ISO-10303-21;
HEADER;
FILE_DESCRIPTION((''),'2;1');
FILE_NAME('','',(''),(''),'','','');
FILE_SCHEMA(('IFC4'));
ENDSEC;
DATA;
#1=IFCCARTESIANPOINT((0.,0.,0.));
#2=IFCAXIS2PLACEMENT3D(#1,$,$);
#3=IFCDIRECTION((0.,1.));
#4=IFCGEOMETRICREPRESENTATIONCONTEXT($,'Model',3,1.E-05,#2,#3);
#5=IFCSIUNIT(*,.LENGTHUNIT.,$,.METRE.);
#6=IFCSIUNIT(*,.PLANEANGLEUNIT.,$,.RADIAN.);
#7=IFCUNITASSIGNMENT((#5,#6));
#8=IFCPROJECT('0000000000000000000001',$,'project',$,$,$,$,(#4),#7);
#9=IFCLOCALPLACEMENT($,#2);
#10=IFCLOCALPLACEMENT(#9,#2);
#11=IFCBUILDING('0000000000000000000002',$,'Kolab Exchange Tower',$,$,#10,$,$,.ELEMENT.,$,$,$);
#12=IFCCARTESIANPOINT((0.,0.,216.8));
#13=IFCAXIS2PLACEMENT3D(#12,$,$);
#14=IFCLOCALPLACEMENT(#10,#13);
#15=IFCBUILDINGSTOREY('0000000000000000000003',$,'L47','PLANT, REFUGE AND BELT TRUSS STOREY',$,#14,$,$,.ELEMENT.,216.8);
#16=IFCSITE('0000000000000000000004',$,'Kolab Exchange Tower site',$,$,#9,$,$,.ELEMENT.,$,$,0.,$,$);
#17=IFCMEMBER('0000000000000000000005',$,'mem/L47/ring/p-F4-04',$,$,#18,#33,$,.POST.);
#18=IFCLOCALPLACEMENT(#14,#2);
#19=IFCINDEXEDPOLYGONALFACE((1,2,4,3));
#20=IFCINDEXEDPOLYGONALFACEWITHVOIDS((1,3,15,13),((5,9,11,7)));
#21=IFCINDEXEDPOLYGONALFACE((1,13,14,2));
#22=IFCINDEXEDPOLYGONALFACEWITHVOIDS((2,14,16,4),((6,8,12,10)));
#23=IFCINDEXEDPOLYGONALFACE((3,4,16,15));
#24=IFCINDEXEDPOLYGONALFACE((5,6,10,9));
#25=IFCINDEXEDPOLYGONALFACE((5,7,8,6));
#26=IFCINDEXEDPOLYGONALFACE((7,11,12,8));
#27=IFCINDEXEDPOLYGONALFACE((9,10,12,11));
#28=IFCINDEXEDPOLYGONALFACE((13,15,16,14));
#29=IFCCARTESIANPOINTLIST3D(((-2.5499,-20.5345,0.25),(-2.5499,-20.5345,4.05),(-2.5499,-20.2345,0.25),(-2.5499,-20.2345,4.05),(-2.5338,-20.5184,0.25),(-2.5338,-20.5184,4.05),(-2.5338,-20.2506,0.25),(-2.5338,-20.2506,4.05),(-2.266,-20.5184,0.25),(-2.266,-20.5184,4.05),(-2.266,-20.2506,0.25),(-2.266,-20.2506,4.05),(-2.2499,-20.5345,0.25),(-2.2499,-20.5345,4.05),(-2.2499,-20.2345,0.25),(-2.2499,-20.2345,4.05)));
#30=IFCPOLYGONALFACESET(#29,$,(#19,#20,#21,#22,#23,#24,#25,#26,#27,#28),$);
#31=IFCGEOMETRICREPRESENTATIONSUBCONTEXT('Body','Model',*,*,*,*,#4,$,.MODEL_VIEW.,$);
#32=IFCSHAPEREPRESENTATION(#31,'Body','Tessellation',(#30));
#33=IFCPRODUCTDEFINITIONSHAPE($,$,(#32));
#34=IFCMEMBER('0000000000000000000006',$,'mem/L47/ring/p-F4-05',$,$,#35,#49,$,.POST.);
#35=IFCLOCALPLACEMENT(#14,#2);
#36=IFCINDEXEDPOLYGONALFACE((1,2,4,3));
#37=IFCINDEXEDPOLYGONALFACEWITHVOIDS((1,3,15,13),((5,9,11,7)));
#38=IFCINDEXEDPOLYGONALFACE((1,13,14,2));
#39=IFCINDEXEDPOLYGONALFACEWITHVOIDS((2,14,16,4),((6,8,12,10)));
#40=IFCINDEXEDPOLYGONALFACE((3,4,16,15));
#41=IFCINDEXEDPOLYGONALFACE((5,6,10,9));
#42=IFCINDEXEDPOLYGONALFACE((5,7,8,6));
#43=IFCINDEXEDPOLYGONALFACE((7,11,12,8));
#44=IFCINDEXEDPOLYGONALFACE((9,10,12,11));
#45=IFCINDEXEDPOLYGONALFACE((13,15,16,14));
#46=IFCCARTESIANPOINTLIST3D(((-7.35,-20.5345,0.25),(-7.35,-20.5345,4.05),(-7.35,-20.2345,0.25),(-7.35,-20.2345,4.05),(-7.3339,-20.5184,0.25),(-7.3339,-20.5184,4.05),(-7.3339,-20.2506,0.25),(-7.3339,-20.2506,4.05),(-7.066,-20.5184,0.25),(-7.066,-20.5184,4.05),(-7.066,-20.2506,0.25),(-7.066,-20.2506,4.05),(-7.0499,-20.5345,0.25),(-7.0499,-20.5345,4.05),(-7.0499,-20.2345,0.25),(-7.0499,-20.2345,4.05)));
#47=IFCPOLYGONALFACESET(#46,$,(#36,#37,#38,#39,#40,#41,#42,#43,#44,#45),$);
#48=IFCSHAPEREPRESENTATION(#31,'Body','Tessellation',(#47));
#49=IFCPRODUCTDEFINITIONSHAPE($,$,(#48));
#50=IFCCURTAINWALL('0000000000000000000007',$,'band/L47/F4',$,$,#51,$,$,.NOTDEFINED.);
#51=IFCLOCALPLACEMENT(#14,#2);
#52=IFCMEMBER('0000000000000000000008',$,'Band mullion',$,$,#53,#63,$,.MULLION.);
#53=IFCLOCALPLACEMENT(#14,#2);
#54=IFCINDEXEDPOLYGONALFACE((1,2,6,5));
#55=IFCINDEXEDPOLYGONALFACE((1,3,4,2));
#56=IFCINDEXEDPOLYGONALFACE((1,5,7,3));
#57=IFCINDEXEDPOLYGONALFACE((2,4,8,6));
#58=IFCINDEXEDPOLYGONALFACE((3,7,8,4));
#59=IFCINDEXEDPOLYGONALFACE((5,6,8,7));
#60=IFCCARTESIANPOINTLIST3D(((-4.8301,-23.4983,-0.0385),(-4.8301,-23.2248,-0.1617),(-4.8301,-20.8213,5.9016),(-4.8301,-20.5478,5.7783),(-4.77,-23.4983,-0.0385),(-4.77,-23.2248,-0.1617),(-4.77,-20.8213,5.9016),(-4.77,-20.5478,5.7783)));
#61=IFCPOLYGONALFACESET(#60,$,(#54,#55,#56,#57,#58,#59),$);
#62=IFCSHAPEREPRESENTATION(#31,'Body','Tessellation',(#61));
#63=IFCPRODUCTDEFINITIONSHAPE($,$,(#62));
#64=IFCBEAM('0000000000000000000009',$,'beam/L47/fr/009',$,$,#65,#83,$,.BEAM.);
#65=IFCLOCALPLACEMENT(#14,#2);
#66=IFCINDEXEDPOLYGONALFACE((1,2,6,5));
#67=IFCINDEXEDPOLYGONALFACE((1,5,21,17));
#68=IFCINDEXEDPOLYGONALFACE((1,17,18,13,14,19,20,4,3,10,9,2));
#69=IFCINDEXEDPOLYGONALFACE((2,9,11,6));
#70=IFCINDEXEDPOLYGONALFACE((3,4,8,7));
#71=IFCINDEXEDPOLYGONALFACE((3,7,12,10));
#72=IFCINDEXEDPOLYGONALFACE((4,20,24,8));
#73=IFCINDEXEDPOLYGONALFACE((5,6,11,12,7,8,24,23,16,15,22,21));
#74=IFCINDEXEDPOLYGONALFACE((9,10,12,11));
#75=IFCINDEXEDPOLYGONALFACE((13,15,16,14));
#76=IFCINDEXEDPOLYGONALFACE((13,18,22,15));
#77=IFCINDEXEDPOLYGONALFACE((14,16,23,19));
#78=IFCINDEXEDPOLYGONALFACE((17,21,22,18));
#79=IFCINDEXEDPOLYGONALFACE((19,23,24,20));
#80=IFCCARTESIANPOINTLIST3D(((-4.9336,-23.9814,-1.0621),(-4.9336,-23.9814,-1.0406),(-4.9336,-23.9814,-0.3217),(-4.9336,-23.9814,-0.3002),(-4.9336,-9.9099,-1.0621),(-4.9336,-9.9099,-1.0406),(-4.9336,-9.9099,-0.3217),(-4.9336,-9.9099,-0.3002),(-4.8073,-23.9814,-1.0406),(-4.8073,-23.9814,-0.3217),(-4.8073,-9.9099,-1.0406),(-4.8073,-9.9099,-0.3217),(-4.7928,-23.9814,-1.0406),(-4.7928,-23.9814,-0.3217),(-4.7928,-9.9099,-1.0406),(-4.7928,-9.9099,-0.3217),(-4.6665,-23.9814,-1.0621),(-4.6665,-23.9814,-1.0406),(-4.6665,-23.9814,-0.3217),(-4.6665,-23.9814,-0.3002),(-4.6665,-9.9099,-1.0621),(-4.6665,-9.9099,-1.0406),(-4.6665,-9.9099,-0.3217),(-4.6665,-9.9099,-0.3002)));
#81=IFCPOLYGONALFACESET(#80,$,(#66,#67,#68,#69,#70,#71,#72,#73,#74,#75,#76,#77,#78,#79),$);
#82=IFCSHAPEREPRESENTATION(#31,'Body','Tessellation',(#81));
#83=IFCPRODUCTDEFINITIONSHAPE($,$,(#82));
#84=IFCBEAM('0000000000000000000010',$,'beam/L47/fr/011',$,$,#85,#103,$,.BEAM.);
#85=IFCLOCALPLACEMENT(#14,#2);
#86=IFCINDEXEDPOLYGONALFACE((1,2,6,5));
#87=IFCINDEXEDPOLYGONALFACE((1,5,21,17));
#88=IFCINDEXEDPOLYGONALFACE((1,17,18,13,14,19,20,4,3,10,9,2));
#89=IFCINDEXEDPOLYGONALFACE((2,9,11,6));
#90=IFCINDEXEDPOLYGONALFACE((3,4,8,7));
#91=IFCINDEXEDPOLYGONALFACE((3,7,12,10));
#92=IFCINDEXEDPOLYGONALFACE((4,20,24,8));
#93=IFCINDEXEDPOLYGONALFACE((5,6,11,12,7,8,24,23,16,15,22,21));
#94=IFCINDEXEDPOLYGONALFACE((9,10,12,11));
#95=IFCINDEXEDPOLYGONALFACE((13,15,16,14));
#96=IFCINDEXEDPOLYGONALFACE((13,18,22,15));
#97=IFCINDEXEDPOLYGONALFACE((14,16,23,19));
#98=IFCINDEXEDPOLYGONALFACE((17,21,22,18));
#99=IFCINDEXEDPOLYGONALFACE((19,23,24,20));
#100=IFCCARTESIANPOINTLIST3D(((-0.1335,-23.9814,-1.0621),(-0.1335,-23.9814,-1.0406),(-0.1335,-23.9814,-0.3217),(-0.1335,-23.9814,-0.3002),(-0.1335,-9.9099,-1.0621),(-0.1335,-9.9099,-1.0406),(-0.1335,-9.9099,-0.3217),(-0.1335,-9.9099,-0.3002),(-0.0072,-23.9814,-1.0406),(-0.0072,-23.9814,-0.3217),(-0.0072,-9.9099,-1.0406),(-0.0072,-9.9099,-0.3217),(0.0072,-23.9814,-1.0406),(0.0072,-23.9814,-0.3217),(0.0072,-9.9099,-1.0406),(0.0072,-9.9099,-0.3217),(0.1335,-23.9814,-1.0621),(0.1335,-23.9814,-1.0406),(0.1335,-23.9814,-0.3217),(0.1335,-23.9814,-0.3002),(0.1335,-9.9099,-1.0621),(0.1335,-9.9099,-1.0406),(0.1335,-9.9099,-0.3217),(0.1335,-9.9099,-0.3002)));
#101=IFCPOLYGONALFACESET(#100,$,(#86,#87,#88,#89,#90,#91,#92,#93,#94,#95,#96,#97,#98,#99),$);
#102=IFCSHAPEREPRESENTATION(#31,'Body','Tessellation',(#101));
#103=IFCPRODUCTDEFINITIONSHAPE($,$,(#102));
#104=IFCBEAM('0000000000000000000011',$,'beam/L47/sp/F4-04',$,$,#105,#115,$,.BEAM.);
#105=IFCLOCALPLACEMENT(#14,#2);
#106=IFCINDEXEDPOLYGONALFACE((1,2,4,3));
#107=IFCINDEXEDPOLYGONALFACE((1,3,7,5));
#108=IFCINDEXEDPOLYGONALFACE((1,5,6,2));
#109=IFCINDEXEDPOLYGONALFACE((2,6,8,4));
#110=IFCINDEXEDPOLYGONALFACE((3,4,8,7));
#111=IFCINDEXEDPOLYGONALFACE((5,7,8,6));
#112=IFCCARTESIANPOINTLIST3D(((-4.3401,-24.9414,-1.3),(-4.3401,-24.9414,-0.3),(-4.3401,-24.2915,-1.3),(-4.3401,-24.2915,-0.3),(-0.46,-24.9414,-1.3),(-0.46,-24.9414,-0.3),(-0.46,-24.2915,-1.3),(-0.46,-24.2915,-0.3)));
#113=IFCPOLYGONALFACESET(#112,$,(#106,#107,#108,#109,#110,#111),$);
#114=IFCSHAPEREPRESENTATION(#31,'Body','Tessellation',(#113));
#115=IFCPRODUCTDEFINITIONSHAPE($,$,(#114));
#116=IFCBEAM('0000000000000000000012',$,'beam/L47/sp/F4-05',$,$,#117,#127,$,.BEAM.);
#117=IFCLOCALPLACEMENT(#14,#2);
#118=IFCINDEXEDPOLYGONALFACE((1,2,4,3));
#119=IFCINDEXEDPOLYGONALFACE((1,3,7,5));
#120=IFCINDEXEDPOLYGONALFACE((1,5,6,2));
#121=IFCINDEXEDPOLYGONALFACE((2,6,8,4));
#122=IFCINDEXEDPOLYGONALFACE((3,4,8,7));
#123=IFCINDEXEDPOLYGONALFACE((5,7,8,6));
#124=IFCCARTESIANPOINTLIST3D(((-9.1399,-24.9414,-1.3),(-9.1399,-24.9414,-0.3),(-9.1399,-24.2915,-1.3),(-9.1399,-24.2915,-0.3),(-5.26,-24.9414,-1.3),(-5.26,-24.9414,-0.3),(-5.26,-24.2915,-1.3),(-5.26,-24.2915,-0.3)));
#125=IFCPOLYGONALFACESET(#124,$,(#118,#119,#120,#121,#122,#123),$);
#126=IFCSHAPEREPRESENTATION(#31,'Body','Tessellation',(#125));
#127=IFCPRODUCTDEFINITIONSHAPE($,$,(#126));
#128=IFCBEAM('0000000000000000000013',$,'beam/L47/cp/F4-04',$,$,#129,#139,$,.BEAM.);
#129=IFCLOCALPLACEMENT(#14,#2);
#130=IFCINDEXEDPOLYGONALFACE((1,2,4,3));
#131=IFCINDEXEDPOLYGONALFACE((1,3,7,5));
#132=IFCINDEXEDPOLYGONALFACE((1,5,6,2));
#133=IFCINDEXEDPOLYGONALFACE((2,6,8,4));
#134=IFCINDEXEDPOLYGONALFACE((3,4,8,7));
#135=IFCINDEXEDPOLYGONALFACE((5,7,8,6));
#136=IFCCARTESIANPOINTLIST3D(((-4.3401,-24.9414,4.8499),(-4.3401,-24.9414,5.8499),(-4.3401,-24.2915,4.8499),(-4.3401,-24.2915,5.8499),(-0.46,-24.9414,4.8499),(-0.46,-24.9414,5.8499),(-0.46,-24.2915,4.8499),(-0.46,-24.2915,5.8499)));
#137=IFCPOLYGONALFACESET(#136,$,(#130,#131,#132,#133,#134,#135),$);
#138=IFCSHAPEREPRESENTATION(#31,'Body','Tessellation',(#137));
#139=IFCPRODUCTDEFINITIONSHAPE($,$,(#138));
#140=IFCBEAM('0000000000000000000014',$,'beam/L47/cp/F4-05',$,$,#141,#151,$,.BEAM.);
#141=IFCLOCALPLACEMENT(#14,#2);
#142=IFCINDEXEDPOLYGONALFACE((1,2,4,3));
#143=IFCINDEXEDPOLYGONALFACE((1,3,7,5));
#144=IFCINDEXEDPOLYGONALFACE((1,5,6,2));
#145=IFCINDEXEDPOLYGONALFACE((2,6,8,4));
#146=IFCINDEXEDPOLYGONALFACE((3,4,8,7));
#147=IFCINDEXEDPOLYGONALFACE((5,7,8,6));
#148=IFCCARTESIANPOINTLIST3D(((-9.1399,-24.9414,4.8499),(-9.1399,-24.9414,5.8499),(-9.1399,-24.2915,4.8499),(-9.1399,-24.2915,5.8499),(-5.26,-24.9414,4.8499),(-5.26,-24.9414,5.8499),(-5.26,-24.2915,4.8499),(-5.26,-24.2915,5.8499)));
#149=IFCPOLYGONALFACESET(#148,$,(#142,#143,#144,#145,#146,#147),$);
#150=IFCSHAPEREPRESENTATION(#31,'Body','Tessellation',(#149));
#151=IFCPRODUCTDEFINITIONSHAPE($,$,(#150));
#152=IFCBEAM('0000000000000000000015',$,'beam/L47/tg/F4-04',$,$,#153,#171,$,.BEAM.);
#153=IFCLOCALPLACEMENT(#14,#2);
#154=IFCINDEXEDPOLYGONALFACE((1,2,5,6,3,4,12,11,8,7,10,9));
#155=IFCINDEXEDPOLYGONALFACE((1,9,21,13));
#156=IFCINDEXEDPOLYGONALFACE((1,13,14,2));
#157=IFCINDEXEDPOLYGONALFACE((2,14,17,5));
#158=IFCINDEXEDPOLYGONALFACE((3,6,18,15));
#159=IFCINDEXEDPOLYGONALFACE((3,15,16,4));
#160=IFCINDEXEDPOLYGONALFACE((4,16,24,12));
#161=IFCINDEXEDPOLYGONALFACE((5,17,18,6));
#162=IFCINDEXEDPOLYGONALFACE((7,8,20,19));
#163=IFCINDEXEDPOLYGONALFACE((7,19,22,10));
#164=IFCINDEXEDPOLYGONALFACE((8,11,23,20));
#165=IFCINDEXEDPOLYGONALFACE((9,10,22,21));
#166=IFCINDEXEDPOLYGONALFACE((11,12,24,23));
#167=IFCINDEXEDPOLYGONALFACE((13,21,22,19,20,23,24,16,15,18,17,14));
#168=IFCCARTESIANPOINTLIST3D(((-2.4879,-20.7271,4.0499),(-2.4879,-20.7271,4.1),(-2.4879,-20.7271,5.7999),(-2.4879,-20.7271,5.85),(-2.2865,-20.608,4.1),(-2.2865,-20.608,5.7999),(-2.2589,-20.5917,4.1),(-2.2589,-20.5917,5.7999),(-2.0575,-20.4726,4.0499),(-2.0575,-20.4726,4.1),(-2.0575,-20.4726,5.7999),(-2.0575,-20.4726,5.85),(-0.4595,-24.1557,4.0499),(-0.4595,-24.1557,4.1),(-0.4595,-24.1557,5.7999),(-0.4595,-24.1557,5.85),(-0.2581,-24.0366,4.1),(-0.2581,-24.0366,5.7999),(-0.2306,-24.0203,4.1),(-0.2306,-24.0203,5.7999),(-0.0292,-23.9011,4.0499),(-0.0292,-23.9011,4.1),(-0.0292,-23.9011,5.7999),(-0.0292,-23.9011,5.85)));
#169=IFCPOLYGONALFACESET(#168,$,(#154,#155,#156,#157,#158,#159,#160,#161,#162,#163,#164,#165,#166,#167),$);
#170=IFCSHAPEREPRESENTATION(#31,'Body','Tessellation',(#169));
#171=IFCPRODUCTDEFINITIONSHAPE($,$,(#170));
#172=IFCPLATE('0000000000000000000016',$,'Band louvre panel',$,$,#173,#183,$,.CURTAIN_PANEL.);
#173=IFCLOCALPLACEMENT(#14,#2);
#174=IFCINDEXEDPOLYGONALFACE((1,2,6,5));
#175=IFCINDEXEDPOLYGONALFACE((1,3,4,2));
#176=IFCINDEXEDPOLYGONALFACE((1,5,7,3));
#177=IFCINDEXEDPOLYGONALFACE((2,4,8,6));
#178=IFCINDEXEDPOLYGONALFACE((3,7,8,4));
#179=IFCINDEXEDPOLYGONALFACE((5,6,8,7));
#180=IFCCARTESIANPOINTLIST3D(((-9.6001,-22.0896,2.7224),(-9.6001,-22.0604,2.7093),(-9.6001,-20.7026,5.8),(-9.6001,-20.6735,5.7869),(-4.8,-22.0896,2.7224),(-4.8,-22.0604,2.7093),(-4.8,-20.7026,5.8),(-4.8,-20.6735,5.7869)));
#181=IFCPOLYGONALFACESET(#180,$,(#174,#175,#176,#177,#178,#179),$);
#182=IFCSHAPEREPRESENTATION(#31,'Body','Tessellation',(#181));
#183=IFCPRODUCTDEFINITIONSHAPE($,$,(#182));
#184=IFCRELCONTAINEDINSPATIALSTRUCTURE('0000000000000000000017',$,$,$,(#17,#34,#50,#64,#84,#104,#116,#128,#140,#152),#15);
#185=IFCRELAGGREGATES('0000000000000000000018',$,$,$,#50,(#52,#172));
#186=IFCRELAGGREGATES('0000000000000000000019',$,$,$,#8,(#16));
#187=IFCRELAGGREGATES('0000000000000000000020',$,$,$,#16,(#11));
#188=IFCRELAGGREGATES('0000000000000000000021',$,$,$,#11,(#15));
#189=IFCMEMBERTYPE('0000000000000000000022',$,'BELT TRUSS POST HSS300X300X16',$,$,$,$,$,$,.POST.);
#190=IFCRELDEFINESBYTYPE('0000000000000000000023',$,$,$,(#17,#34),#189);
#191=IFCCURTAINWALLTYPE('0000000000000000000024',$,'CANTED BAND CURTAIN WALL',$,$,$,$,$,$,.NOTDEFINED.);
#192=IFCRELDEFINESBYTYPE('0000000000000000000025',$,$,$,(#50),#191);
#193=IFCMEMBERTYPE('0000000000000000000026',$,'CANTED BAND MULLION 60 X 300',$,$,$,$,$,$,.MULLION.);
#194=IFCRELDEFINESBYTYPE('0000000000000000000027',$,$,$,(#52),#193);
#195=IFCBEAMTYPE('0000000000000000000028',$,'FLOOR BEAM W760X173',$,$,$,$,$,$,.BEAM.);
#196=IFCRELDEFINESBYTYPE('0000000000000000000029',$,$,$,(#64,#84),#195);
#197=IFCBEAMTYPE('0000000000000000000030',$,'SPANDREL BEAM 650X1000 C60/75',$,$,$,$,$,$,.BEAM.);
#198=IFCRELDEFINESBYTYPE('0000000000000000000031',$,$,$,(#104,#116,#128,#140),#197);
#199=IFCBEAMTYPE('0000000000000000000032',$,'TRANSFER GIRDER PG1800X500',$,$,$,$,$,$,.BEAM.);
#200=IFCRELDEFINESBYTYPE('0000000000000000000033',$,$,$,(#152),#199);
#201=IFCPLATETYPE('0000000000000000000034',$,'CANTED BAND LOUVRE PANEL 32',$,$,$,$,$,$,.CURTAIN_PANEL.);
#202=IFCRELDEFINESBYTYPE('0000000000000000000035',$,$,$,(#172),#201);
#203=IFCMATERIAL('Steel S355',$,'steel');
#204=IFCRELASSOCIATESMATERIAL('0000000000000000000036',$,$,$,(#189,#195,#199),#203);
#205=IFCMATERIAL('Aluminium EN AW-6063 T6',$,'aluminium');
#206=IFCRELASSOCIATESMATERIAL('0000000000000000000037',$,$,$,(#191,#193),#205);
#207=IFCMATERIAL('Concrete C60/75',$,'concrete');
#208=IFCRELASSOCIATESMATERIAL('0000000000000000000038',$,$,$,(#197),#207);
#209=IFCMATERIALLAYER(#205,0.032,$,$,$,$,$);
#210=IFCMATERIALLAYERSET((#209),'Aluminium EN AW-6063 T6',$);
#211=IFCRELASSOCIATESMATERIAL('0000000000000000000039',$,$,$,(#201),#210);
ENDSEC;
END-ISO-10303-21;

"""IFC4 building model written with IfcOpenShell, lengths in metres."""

from ifc_helpers import new_model, si_unit, direction, frame, origin, origin_2d, place, context, subcontext, project, spatial, polyline, rectangle, hollow_rectangle, i_section, outline, extrude, material, layer, layer_set, material_profile, profile_set, type_object, element, aggregate, save


model = new_model("IFC4")

# Units and contexts
model_context = context("Model", 3, precision=1e-05, world=origin(), true_north=direction((0.0, 1.0)))
body_context = subcontext(model_context, "Body", "Model", "MODEL_VIEW")
ifc_project = project(units=[si_unit("LENGTHUNIT", "METRE"), si_unit("PLANEANGLEUNIT", "RADIAN")], contexts=[model_context])

# Site, building, storey
site_placement = place(None, origin())
site = spatial("IfcSite", under=ifc_project, at=site_placement, Name="Kolab Exchange Tower site", CompositionType="ELEMENT", RefElevation=0.0)
building_placement = place(site_placement, origin())
building = spatial("IfcBuilding", under=site, at=building_placement, Name="Kolab Exchange Tower", CompositionType="ELEMENT")
storey_placement = place(building_placement, frame((0.0, 0.0, 216.8)))
storey = spatial("IfcBuildingStorey", under=building, at=storey_placement, Name="L47", Description="PLANT, REFUGE AND BELT TRUSS STOREY", CompositionType="ELEMENT", Elevation=216.8)

# Shared definitions
ifc_material_1 = material(Name="Concrete C60/75", Category="concrete")

# Shared definitions
ifc_material_2 = material(Name="Steel S355", Category="steel")

# Members
ifc_material_profile_1 = material_profile(ifc_material_2, hollow_rectangle(XDim=0.3, YDim=0.3, WallThickness=0.0161, at=origin_2d()), Name="HSS300X300X16")
ifc_profile_set_1 = profile_set([ifc_material_profile_1], Name="Steel S355")
member_type_1 = type_object("IfcMemberType", Name="BELT TRUSS POST HSS300X300X16", PredefinedType="POST", material=ifc_profile_set_1)
for number, where, z_axis, x_axis, name in (
    (1, (-2.3999, -20.3845, 0.25), (0.0, 0.0, 1.0), (1.0, 0.0, 0.0), "mem/L47/ring/p-F4-04"),
    (2, (-7.2, -20.3845, 0.25), (0.0, 0.0, 1.0), (1.0, 0.0, 0.0), "mem/L47/ring/p-F4-05"),
):
    element("IfcMember", number, at=place(storey_placement, frame(where, z_axis=z_axis, x_axis=x_axis)), inside=storey, type_object=member_type_1, Name=name, PredefinedType="POST", context=body_context, shape_type="SweptSolid", body=[
        extrude(hollow_rectangle(XDim=0.3, YDim=0.3, WallThickness=0.0161, at=origin_2d()), origin(), (0.0, 0.0, 1.0), 3.8),
    ])

# Curtain wall, member
ifc_material_3 = material(Name="Aluminium EN AW-6063 T6", Category="aluminium")
curtain_wall_type = type_object("IfcCurtainWallType", Name="CANTED BAND CURTAIN WALL", PredefinedType="NOTDEFINED", material=ifc_material_3)
curtain_wall_placement = place(storey_placement, origin())
curtain_wall = element("IfcCurtainWall", 3, at=curtain_wall_placement, inside=storey, type_object=curtain_wall_type, Name="band/L47/F4", PredefinedType="NOTDEFINED")
ifc_material_profile_2 = material_profile(ifc_material_3, rectangle(XDim=0.0601, YDim=0.3, at=origin_2d()), Name="RECT 60X300")
ifc_profile_set_2 = profile_set([ifc_material_profile_2], Name="Aluminium EN AW-6063 T6")
member_type_2 = type_object("IfcMemberType", Name="CANTED BAND MULLION 60 X 300", PredefinedType="MULLION", material=ifc_profile_set_2)
member_1_placement = place(storey_placement, frame((-4.8, -23.3616, -0.1001), z_axis=(0.0, 0.410879, 0.91169), x_axis=(-1.0, 0.0, 0.0)))
member_1 = element("IfcMember", 4, at=member_1_placement, type_object=member_type_2, Name="Band mullion", PredefinedType="MULLION", context=body_context, shape_type="SweptSolid", body=[
    extrude(rectangle(XDim=0.0601, YDim=0.3, at=origin_2d()), origin(), (0.0, 0.0, 1.0), 6.5154),
])

# Beams
ifc_material_profile_3 = material_profile(ifc_material_2, i_section(OverallWidth=0.2671, OverallDepth=0.762, WebThickness=0.0144, FlangeThickness=0.0215, at=origin_2d()), Name="W760X173")
ifc_profile_set_3 = profile_set([ifc_material_profile_3], Name="Steel S355")
beam_type_1 = type_object("IfcBeamType", Name="FLOOR BEAM W760X173", PredefinedType="BEAM", material=ifc_profile_set_3)
for number, where, z_axis, x_axis, name in (
    (5, (-4.8, -23.9814, -0.6812), (0.0, 1.0, 0.0), (-1.0, 0.0, 0.0), "beam/L47/fr/009"),
    (6, (0.0, -23.9814, -0.6812), (0.0, 1.0, 0.0), (-1.0, 0.0, 0.0), "beam/L47/fr/011"),
):
    element("IfcBeam", number, at=place(storey_placement, frame(where, z_axis=z_axis, x_axis=x_axis)), inside=storey, type_object=beam_type_1, Name=name, PredefinedType="BEAM", context=body_context, shape_type="SweptSolid", body=[
        extrude(i_section(OverallWidth=0.2671, OverallDepth=0.762, WebThickness=0.0144, FlangeThickness=0.0215, at=origin_2d()), origin(), (0.0, 0.0, 1.0), 14.0715),
    ])
ifc_material_profile_4 = material_profile(ifc_material_1, rectangle(XDim=0.6499, YDim=1.0, at=origin_2d()), Name="RC650X1000")
ifc_profile_set_4 = profile_set([ifc_material_profile_4], Name="Concrete C60/75")
beam_type_2 = type_object("IfcBeamType", Name="SPANDREL BEAM 650X1000 C60/75", PredefinedType="BEAM", material=ifc_profile_set_4)
beam_1_placement = place(storey_placement, frame((-0.46, -24.6165, -0.8), z_axis=(-1.0, 0.0, 0.0), x_axis=(0.0, -1.0, 0.0)))
element("IfcBeam", 7, at=beam_1_placement, inside=storey, type_object=beam_type_2, Name="beam/L47/sp/F4-04", PredefinedType="BEAM", context=body_context, shape_type="SweptSolid", body=[
    extrude(rectangle(XDim=0.6499, YDim=1.0, at=origin_2d()), origin(), (0.0, 0.0, 1.0), 3.8801),
])
beam_2_placement = place(storey_placement, frame((-5.26, -24.6165, -0.8), z_axis=(-1.0, 0.0, 0.0), x_axis=(0.0, -1.0, 0.0)))
element("IfcBeam", 8, at=beam_2_placement, inside=storey, type_object=beam_type_2, Name="beam/L47/sp/F4-05", PredefinedType="BEAM", context=body_context, shape_type="SweptSolid", body=[
    extrude(rectangle(XDim=0.6499, YDim=1.0, at=origin_2d()), origin(), (0.0, 0.0, 1.0), 3.8799),
])
beam_3_placement = place(storey_placement, frame((-0.46, -24.6165, 5.3499), z_axis=(-1.0, 0.0, 0.0), x_axis=(0.0, -1.0, 0.0)))
element("IfcBeam", 9, at=beam_3_placement, inside=storey, type_object=beam_type_2, Name="beam/L47/cp/F4-04", PredefinedType="BEAM", context=body_context, shape_type="SweptSolid", body=[
    extrude(rectangle(XDim=0.6499, YDim=1.0, at=origin_2d()), origin(), (0.0, 0.0, 1.0), 3.8801),
])
beam_4_placement = place(storey_placement, frame((-5.26, -24.6165, 5.3499), z_axis=(-1.0, 0.0, 0.0), x_axis=(0.0, -1.0, 0.0)))
element("IfcBeam", 10, at=beam_4_placement, inside=storey, type_object=beam_type_2, Name="beam/L47/cp/F4-05", PredefinedType="BEAM", context=body_context, shape_type="SweptSolid", body=[
    extrude(rectangle(XDim=0.6499, YDim=1.0, at=origin_2d()), origin(), (0.0, 0.0, 1.0), 3.8799),
])
ifc_material_profile_5 = material_profile(ifc_material_2, i_section(OverallWidth=0.5, OverallDepth=1.8, WebThickness=0.032, FlangeThickness=0.05, at=origin_2d()), Name="PG1800X500")
ifc_profile_set_5 = profile_set([ifc_material_profile_5], Name="Steel S355")
beam_type_3 = type_object("IfcBeamType", Name="TRANSFER GIRDER PG1800X500", PredefinedType="BEAM", material=ifc_profile_set_5)
beam_5_placement = place(storey_placement, frame((-2.2727, -20.5999, 4.95), z_axis=(0.509177, -0.860662, 0.0), x_axis=(0.860662, 0.509177, 0.0)))
element("IfcBeam", 11, at=beam_5_placement, inside=storey, type_object=beam_type_3, Name="beam/L47/tg/F4-04", PredefinedType="BEAM", context=body_context, shape_type="SweptSolid", body=[
    extrude(i_section(OverallWidth=0.5, OverallDepth=1.8, WebThickness=0.032, FlangeThickness=0.05, at=origin_2d()), origin(), (0.0, 0.0, 1.0), 3.9836),
])

# Plate
ifc_layer_1 = layer(ifc_material_3, 0.032)
ifc_layer_set_1 = layer_set([ifc_layer_1], Name="Aluminium EN AW-6063 T6")
plate_type = type_object("IfcPlateType", Name="CANTED BAND LOUVRE PANEL 32", PredefinedType="CURTAIN_PANEL", material=ifc_layer_set_1)
plate_placement = place(storey_placement, frame((-4.8, -22.0896, 2.7224), z_axis=(0.0, -0.911697, 0.410864), x_axis=(-1.0, 0.0, 0.0)))
plate = element("IfcPlate", 12, at=plate_placement, type_object=plate_type, Name="Band louvre panel", PredefinedType="CURTAIN_PANEL", context=body_context, shape_type="SweptSolid", body=[
    extrude(outline(polyline([(0.0, 0.0), (4.8, 0.0), (4.8, -3.3757), (0.0, -3.3757), (0.0, 0.0)])), origin(), (0.0, 0.0, -1.0), 0.032),
])
aggregate(curtain_wall, [member_1, plate])

save(model, "model.ifc")
